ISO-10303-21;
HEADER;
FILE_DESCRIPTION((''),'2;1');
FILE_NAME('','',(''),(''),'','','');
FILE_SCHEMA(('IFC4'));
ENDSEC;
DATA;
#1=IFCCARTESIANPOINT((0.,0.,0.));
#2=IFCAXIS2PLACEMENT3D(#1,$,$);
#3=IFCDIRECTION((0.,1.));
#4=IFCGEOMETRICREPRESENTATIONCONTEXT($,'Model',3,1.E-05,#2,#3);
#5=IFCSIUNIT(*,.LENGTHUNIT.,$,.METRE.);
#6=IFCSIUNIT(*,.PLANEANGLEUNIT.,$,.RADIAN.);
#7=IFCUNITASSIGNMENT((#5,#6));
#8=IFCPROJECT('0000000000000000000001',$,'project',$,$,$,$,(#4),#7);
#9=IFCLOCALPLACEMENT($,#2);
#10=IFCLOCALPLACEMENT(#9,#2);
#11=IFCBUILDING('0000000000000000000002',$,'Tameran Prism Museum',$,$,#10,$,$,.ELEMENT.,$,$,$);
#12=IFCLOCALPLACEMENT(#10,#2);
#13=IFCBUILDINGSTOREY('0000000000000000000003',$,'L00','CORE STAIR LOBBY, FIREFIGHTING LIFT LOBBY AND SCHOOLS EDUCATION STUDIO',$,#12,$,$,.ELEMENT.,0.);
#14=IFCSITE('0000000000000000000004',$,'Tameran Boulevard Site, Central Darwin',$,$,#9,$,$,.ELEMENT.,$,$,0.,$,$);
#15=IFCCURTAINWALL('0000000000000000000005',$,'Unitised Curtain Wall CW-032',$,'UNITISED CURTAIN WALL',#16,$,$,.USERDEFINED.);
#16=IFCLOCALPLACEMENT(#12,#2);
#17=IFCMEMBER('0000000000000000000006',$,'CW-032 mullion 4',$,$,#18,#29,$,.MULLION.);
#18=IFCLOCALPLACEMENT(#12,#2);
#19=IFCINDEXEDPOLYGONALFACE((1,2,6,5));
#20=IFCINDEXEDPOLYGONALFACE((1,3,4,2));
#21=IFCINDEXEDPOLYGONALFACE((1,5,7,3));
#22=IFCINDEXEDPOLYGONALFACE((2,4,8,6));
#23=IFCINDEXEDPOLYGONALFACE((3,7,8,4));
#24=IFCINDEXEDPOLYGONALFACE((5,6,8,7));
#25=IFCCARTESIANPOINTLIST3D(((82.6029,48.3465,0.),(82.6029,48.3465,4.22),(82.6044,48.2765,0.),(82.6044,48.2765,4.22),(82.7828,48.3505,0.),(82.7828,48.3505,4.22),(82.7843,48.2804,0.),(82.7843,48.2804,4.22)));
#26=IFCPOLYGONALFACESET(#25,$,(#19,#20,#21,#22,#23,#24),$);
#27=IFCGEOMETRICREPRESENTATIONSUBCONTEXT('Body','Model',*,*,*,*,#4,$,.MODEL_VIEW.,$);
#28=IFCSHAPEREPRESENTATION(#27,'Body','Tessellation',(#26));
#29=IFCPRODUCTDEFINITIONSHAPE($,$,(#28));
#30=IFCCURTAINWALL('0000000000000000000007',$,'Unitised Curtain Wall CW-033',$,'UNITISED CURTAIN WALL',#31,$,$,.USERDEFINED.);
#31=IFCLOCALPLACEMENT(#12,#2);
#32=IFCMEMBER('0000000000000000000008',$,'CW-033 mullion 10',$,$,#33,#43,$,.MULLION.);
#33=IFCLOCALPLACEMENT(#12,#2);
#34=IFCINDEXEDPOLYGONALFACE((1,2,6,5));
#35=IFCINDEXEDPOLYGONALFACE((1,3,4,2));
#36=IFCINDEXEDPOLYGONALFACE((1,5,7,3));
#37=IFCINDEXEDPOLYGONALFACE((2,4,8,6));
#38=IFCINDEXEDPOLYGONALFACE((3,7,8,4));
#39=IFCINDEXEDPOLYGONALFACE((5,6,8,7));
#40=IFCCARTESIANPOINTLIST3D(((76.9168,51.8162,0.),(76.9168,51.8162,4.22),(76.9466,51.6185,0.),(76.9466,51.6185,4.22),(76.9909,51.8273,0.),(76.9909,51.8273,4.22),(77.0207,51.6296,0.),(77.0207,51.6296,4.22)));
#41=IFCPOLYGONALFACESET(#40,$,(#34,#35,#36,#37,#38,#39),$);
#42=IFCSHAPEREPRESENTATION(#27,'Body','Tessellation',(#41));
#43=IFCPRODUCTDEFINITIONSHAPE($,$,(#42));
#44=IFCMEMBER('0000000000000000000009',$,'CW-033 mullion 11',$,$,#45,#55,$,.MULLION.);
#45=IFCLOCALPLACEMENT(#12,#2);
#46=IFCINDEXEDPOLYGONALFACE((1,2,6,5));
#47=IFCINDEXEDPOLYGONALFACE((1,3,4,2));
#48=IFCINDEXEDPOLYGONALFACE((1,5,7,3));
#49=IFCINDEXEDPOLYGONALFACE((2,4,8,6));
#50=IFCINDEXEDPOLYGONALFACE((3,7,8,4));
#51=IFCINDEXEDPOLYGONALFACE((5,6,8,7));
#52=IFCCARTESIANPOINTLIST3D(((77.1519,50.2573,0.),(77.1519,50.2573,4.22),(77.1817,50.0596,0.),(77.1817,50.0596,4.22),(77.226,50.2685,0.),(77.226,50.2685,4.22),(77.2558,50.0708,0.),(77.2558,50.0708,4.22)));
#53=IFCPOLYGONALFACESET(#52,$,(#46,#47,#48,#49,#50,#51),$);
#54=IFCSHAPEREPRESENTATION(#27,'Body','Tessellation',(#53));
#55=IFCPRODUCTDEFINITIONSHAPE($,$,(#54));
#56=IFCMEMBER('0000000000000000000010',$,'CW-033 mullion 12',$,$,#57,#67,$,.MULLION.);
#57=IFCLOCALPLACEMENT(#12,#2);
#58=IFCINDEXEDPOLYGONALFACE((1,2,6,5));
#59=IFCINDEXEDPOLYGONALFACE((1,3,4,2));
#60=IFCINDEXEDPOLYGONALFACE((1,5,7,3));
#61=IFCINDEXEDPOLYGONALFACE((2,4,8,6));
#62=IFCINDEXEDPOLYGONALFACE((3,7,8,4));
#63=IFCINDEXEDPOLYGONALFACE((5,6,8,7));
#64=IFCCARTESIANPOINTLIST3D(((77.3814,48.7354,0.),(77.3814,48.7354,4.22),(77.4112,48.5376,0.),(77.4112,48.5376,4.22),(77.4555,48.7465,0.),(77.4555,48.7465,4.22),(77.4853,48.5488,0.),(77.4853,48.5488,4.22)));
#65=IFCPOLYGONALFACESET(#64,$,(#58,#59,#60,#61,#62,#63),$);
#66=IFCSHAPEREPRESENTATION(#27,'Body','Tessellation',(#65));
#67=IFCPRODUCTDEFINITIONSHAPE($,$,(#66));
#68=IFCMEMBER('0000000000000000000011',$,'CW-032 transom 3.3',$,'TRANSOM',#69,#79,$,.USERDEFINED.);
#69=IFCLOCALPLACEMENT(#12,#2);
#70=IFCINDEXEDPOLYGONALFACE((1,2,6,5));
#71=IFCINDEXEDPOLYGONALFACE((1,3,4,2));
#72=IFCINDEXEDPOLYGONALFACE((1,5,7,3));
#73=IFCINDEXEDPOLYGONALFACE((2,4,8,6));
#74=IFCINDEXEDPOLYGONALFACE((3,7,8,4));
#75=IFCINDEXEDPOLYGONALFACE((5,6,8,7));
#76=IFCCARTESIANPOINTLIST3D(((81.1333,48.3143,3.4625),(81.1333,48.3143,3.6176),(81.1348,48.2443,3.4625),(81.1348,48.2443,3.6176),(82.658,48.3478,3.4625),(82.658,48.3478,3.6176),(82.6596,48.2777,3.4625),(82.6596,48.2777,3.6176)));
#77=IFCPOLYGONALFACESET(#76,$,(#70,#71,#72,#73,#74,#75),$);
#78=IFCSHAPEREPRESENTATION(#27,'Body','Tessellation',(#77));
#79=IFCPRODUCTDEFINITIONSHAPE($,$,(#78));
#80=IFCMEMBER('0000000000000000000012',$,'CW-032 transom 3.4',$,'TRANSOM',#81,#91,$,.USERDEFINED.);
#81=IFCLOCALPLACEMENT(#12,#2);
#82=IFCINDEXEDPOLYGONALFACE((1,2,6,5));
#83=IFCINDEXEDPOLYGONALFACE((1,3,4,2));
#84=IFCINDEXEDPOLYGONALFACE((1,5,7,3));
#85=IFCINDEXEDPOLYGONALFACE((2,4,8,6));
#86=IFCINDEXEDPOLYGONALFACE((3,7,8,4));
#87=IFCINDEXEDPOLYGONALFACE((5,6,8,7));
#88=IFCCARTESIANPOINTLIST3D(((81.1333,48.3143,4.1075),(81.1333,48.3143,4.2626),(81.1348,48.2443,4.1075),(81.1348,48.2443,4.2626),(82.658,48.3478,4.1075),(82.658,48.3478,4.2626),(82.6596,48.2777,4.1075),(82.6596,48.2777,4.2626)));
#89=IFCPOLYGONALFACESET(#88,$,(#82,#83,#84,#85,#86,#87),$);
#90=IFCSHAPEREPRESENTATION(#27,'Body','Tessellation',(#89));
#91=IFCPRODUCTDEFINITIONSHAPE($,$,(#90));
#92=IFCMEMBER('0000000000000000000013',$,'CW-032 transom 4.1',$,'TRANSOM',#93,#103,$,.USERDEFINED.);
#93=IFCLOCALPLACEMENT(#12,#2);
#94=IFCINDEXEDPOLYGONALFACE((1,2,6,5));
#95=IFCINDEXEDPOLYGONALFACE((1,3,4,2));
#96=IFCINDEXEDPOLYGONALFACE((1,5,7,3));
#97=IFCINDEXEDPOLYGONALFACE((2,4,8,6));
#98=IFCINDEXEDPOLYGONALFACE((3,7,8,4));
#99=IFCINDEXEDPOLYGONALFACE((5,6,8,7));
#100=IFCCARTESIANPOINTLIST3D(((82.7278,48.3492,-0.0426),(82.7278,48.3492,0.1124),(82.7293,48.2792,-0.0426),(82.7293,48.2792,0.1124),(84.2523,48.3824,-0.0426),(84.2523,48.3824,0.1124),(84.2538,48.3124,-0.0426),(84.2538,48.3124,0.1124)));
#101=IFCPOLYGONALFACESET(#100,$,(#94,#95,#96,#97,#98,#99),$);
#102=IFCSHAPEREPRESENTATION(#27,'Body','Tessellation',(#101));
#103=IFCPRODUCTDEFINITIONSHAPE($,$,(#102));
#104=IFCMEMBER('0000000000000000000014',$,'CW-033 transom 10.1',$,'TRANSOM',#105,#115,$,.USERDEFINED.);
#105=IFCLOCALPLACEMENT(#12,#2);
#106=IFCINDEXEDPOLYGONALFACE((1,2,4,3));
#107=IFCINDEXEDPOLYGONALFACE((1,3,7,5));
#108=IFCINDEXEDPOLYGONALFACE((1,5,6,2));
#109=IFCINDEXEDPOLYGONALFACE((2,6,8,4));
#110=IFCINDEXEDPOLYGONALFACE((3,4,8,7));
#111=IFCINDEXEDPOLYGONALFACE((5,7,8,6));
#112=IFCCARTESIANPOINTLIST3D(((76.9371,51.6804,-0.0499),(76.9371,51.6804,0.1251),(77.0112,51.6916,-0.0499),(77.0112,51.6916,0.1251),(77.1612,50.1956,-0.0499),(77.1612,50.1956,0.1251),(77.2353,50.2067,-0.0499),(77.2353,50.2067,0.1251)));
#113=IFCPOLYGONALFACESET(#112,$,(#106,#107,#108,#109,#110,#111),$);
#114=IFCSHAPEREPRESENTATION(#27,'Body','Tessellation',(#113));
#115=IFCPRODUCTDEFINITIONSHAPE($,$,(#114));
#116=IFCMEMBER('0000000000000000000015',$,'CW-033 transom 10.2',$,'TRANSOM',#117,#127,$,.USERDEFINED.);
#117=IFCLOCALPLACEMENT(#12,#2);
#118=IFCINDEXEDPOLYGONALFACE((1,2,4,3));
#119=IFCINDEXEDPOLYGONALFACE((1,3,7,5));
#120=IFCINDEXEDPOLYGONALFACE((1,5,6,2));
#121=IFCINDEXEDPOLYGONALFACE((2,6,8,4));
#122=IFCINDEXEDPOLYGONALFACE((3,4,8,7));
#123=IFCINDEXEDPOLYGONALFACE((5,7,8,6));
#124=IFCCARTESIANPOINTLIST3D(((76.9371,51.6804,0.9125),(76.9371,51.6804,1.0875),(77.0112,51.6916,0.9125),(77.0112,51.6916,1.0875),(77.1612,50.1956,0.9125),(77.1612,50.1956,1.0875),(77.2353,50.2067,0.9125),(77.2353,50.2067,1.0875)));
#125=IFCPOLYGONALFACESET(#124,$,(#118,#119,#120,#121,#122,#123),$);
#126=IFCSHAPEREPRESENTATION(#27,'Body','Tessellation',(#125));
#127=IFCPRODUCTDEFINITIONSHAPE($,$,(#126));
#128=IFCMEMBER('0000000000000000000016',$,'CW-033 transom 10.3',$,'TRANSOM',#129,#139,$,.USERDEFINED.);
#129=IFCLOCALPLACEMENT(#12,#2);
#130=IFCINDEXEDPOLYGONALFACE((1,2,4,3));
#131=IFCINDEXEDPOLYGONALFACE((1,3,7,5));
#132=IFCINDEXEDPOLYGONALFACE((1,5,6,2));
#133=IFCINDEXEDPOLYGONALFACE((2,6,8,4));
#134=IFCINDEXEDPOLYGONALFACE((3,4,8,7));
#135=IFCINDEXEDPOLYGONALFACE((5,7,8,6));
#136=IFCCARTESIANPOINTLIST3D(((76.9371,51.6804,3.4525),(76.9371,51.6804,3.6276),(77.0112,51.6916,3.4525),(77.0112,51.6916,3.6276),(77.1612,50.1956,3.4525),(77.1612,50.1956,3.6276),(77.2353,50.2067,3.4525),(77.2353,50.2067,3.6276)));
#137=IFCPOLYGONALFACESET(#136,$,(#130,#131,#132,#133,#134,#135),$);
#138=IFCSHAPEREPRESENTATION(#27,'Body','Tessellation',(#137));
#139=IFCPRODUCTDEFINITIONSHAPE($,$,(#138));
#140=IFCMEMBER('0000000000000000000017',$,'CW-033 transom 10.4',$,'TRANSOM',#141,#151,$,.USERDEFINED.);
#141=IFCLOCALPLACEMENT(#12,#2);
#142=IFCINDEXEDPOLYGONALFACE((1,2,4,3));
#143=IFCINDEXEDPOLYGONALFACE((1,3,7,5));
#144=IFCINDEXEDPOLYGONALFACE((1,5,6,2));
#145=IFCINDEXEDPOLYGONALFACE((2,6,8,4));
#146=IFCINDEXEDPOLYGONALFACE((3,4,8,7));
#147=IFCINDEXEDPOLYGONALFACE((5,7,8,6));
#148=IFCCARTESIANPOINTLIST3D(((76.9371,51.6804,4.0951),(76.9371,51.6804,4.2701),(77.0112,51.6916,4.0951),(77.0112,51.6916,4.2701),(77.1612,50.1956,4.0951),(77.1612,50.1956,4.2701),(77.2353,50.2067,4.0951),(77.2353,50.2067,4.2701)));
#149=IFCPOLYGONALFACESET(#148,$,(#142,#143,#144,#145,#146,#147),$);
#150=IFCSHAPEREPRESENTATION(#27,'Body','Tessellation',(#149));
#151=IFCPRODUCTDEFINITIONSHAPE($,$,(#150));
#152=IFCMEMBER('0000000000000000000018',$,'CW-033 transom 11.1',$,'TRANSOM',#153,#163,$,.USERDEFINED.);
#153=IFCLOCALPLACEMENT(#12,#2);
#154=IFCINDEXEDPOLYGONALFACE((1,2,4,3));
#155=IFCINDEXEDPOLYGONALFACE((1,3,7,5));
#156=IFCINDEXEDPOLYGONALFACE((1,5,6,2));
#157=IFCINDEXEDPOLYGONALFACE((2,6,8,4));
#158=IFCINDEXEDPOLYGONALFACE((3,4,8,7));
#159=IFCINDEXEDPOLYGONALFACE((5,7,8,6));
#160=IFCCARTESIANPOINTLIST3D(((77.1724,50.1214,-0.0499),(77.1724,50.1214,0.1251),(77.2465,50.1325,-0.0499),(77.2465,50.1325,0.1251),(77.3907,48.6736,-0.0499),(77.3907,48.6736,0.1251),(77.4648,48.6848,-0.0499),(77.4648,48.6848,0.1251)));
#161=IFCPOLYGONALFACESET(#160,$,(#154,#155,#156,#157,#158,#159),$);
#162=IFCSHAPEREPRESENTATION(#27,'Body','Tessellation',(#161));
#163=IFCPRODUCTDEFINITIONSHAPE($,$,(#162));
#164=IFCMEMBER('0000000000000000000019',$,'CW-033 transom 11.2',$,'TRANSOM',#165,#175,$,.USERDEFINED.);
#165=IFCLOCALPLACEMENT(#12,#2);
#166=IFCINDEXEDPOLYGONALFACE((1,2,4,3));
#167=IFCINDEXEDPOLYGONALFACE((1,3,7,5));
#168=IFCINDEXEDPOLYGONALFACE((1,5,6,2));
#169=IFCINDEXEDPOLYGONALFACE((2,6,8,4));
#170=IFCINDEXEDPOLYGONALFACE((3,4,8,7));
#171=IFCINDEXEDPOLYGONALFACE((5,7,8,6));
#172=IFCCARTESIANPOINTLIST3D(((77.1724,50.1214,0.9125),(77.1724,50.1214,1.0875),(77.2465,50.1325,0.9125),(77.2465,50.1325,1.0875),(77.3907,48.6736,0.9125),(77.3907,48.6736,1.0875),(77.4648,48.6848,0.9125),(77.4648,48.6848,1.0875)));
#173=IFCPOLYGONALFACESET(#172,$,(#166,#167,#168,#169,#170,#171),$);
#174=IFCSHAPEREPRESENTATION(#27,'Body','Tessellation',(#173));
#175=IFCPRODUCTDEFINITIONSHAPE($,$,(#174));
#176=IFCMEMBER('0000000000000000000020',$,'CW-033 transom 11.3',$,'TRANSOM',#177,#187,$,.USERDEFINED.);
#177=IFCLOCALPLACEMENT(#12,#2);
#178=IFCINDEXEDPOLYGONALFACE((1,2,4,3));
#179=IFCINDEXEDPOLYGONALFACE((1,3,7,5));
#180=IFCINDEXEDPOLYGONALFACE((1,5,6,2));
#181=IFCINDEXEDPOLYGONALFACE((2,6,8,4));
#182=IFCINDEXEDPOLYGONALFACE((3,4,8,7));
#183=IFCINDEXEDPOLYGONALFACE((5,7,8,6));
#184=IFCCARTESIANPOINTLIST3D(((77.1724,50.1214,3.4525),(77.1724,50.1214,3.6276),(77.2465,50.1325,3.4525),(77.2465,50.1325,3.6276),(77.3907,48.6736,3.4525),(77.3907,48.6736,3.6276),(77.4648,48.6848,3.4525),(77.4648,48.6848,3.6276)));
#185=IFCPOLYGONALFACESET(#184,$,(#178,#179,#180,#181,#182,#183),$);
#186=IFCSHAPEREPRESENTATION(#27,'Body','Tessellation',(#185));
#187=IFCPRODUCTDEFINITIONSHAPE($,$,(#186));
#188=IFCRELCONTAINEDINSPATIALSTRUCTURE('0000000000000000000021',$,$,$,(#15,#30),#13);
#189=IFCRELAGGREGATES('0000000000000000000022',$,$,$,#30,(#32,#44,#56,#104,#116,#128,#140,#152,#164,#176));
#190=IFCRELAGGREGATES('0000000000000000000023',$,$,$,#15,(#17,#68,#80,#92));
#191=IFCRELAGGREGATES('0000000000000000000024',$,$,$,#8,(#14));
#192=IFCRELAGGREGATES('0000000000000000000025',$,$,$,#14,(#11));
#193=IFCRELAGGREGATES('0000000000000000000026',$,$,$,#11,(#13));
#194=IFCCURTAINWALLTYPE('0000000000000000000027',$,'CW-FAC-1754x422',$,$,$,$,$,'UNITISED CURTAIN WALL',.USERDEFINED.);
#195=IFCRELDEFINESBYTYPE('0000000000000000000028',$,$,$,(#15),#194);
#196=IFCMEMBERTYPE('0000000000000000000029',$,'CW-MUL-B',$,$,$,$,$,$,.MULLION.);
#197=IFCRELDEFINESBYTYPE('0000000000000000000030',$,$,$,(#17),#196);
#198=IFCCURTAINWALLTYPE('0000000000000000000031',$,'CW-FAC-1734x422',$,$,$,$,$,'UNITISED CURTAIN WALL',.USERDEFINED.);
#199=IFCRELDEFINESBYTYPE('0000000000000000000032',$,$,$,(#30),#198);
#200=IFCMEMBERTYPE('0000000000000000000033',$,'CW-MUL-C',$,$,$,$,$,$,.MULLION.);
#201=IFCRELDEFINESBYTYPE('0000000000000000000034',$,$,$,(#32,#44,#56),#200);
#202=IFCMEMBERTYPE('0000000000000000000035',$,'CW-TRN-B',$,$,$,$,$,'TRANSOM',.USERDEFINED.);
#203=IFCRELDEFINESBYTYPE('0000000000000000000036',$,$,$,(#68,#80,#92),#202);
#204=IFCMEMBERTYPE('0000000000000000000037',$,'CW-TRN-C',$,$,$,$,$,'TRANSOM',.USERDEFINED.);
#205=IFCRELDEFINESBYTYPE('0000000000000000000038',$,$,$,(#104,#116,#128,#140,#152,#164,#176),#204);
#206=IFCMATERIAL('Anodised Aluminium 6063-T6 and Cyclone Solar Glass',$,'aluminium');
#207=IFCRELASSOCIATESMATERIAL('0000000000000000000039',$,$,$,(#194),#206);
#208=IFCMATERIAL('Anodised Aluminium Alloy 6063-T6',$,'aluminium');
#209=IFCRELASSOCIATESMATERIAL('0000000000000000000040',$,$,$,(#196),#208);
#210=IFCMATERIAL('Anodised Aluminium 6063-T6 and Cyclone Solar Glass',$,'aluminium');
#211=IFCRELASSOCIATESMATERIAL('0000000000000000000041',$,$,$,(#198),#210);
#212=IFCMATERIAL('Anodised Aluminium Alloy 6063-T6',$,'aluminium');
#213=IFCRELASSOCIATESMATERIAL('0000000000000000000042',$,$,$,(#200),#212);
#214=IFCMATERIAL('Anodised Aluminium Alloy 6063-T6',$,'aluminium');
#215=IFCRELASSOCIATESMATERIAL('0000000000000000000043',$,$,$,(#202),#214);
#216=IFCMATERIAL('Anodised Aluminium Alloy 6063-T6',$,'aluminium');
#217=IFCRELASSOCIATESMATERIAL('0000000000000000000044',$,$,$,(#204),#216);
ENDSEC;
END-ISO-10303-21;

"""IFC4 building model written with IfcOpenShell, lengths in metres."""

from ifc_helpers import new_model, si_unit, direction, frame, origin, origin_2d, place, context, subcontext, project, spatial, rectangle, extrude, material, material_profile, profile_set, type_object, element, aggregate, save


model = new_model("IFC4")

# Units and contexts
model_context = context("Model", 3, precision=1e-05, world=origin(), true_north=direction((0.0, 1.0)))
body_context = subcontext(model_context, "Body", "Model", "MODEL_VIEW")
ifc_project = project(units=[si_unit("LENGTHUNIT", "METRE"), si_unit("PLANEANGLEUNIT", "RADIAN")], contexts=[model_context])

# Site, building, storey
site_placement = place(None, origin())
site = spatial("IfcSite", under=ifc_project, at=site_placement, Name="Tameran Boulevard Site, Central Darwin", CompositionType="ELEMENT", RefElevation=0.0)
building_placement = place(site_placement, origin())
building = spatial("IfcBuilding", under=site, at=building_placement, Name="Tameran Prism Museum", CompositionType="ELEMENT")
storey_placement = place(building_placement, origin())
storey = spatial("IfcBuildingStorey", under=building, at=storey_placement, Name="L00", Description="CORE STAIR LOBBY, FIREFIGHTING LIFT LOBBY AND SCHOOLS EDUCATION STUDIO", CompositionType="ELEMENT", Elevation=0.0)

# Curtain wall, member
ifc_material_1 = material(Name="Anodised Aluminium 6063-T6 and Cyclone Solar Glass", Category="aluminium")
curtain_wall_type_1 = type_object("IfcCurtainWallType", Name="CW-FAC-1754x422", ElementType="UNITISED CURTAIN WALL", PredefinedType="USERDEFINED", material=ifc_material_1)
curtain_wall_1_placement = place(storey_placement, origin())
curtain_wall_1 = element("IfcCurtainWall", 1, at=curtain_wall_1_placement, inside=storey, type_object=curtain_wall_type_1, Name="Unitised Curtain Wall CW-032", ObjectType="UNITISED CURTAIN WALL", PredefinedType="USERDEFINED")
ifc_material_2 = material(Name="Anodised Aluminium Alloy 6063-T6", Category="aluminium")
ifc_material_profile_1 = material_profile(ifc_material_2, rectangle(XDim=0.0701, YDim=0.1799, at=origin_2d()))
ifc_profile_set_1 = profile_set([ifc_material_profile_1])
member_type_1 = type_object("IfcMemberType", Name="CW-MUL-B", PredefinedType="MULLION", material=ifc_profile_set_1)
member_1_placement = place(storey_placement, frame((82.6936, 48.3135, 0.0), z_axis=(0.0, 0.0, 1.0), x_axis=(-0.021831, 0.999762, 0.0)))
member_1 = element("IfcMember", 2, at=member_1_placement, type_object=member_type_1, Name="CW-032 mullion 4", PredefinedType="MULLION", context=body_context, shape_type="SweptSolid", body=[
    extrude(rectangle(XDim=0.0701, YDim=0.1799, at=origin_2d()), origin(), (0.0, 0.0, 1.0), 4.22),
])

# Curtain wall, members
ifc_material_3 = material(Name="Anodised Aluminium 6063-T6 and Cyclone Solar Glass", Category="aluminium")
curtain_wall_type_2 = type_object("IfcCurtainWallType", Name="CW-FAC-1734x422", ElementType="UNITISED CURTAIN WALL", PredefinedType="USERDEFINED", material=ifc_material_3)
curtain_wall_2_placement = place(storey_placement, origin())
curtain_wall_2 = element("IfcCurtainWall", 3, at=curtain_wall_2_placement, inside=storey, type_object=curtain_wall_type_2, Name="Unitised Curtain Wall CW-033", ObjectType="UNITISED CURTAIN WALL", PredefinedType="USERDEFINED")
ifc_material_4 = material(Name="Anodised Aluminium Alloy 6063-T6", Category="aluminium")
ifc_material_profile_2 = material_profile(ifc_material_4, rectangle(XDim=0.075, YDim=0.2, at=origin_2d()))
ifc_profile_set_2 = profile_set([ifc_material_profile_2])
member_type_2 = type_object("IfcMemberType", Name="CW-MUL-C", PredefinedType="MULLION", material=ifc_profile_set_2)
member_2_placement = place(storey_placement, frame((76.9688, 51.7229, 0.0), z_axis=(0.0, 0.0, 1.0), x_axis=(0.988812, 0.149167, 0.0)))
member_2 = element("IfcMember", 4, at=member_2_placement, type_object=member_type_2, Name="CW-033 mullion 10", PredefinedType="MULLION", context=body_context, shape_type="SweptSolid", body=[
    extrude(rectangle(XDim=0.075, YDim=0.2, at=origin_2d()), origin(), (0.0, 0.0, 1.0), 4.22),
])
member_3_placement = place(storey_placement, frame((77.2039, 50.1641, 0.0), z_axis=(0.0, 0.0, 1.0), x_axis=(0.988812, 0.149167, 0.0)))
member_3 = element("IfcMember", 5, at=member_3_placement, type_object=member_type_2, Name="CW-033 mullion 11", PredefinedType="MULLION", context=body_context, shape_type="SweptSolid", body=[
    extrude(rectangle(XDim=0.075, YDim=0.2, at=origin_2d()), origin(), (0.0, 0.0, 1.0), 4.22),
])
member_4_placement = place(storey_placement, frame((77.4333, 48.6421, 0.0), z_axis=(0.0, 0.0, 1.0), x_axis=(0.988812, 0.149167, 0.0)))
member_4 = element("IfcMember", 6, at=member_4_placement, type_object=member_type_2, Name="CW-033 mullion 12", PredefinedType="MULLION", context=body_context, shape_type="SweptSolid", body=[
    extrude(rectangle(XDim=0.075, YDim=0.2, at=origin_2d()), origin(), (0.0, 0.0, 1.0), 4.22),
])

# Members
ifc_material_5 = material(Name="Anodised Aluminium Alloy 6063-T6", Category="aluminium")
ifc_material_profile_3 = material_profile(ifc_material_5, rectangle(XDim=0.0701, YDim=0.155, at=origin_2d()))
ifc_profile_set_3 = profile_set([ifc_material_profile_3])
member_type_3 = type_object("IfcMemberType", Name="CW-TRN-B", ElementType="TRANSOM", PredefinedType="USERDEFINED", material=ifc_profile_set_3)
member_5_placement = place(storey_placement, frame((81.134, 48.2793, 3.54), z_axis=(0.999759, 0.021932, 0.0), x_axis=(-0.021932, 0.999759, 0.0)))
member_5 = element("IfcMember", 7, at=member_5_placement, type_object=member_type_3, Name="CW-032 transom 3.3", ObjectType="TRANSOM", PredefinedType="USERDEFINED", context=body_context, shape_type="SweptSolid", body=[
    extrude(rectangle(XDim=0.0701, YDim=0.155, at=origin_2d()), origin(), (0.0, 0.0, 1.0), 1.5251),
])
member_6_placement = place(storey_placement, frame((81.134, 48.2793, 4.1851), z_axis=(0.999759, 0.021932, 0.0), x_axis=(-0.021932, 0.999759, 0.0)))
member_6 = element("IfcMember", 8, at=member_6_placement, type_object=member_type_3, Name="CW-032 transom 3.4", ObjectType="TRANSOM", PredefinedType="USERDEFINED", context=body_context, shape_type="SweptSolid", body=[
    extrude(rectangle(XDim=0.0701, YDim=0.155, at=origin_2d()), origin(), (0.0, 0.0, 1.0), 1.5251),
])
member_7_placement = place(storey_placement, frame((82.7285, 48.3142, 0.0349), z_axis=(0.999763, 0.021772, 0.0), x_axis=(-0.021772, 0.999763, 0.0)))
member_7 = element("IfcMember", 9, at=member_7_placement, type_object=member_type_3, Name="CW-032 transom 4.1", ObjectType="TRANSOM", PredefinedType="USERDEFINED", context=body_context, shape_type="SweptSolid", body=[
    extrude(rectangle(XDim=0.0701, YDim=0.155, at=origin_2d()), origin(), (0.0, 0.0, 1.0), 1.5249),
])
ifc_material_6 = material(Name="Anodised Aluminium Alloy 6063-T6", Category="aluminium")
ifc_material_profile_4 = material_profile(ifc_material_6, rectangle(XDim=0.075, YDim=0.175, at=origin_2d()))
ifc_profile_set_4 = profile_set([ifc_material_profile_4])
member_type_4 = type_object("IfcMemberType", Name="CW-TRN-C", ElementType="TRANSOM", PredefinedType="USERDEFINED", material=ifc_profile_set_4)
member_8_placement = place(storey_placement, frame((76.9741, 51.686, 0.0376), z_axis=(0.149247, -0.9888, 0.0), x_axis=(0.9888, 0.149247, 0.0)))
member_8 = element("IfcMember", 10, at=member_8_placement, type_object=member_type_4, Name="CW-033 transom 10.1", ObjectType="TRANSOM", PredefinedType="USERDEFINED", context=body_context, shape_type="SweptSolid", body=[
    extrude(rectangle(XDim=0.075, YDim=0.175, at=origin_2d()), origin(), (0.0, 0.0, 1.0), 1.5017),
])
member_9_placement = place(storey_placement, frame((76.9741, 51.686, 1.0), z_axis=(0.149247, -0.9888, 0.0), x_axis=(0.9888, 0.149247, 0.0)))
member_9 = element("IfcMember", 11, at=member_9_placement, type_object=member_type_4, Name="CW-033 transom 10.2", ObjectType="TRANSOM", PredefinedType="USERDEFINED", context=body_context, shape_type="SweptSolid", body=[
    extrude(rectangle(XDim=0.075, YDim=0.175, at=origin_2d()), origin(), (0.0, 0.0, 1.0), 1.5017),
])
member_10_placement = place(storey_placement, frame((76.9741, 51.686, 3.54), z_axis=(0.149247, -0.9888, 0.0), x_axis=(0.9888, 0.149247, 0.0)))
member_10 = element("IfcMember", 12, at=member_10_placement, type_object=member_type_4, Name="CW-033 transom 10.3", ObjectType="TRANSOM", PredefinedType="USERDEFINED", context=body_context, shape_type="SweptSolid", body=[
    extrude(rectangle(XDim=0.075, YDim=0.175, at=origin_2d()), origin(), (0.0, 0.0, 1.0), 1.5017),
])
member_11_placement = place(storey_placement, frame((76.9741, 51.686, 4.1826), z_axis=(0.149247, -0.9888, 0.0), x_axis=(0.9888, 0.149247, 0.0)))
member_11 = element("IfcMember", 13, at=member_11_placement, type_object=member_type_4, Name="CW-033 transom 10.4", ObjectType="TRANSOM", PredefinedType="USERDEFINED", context=body_context, shape_type="SweptSolid", body=[
    extrude(rectangle(XDim=0.075, YDim=0.175, at=origin_2d()), origin(), (0.0, 0.0, 1.0), 1.5017),
])
member_12_placement = place(storey_placement, frame((77.2095, 50.127, 0.0376), z_axis=(0.149074, -0.988826, 0.0), x_axis=(0.988826, 0.149074, 0.0)))
member_12 = element("IfcMember", 14, at=member_12_placement, type_object=member_type_4, Name="CW-033 transom 11.1", ObjectType="TRANSOM", PredefinedType="USERDEFINED", context=body_context, shape_type="SweptSolid", body=[
    extrude(rectangle(XDim=0.075, YDim=0.175, at=origin_2d()), origin(), (0.0, 0.0, 1.0), 1.4641),
])
member_13_placement = place(storey_placement, frame((77.2095, 50.127, 1.0), z_axis=(0.149074, -0.988826, 0.0), x_axis=(0.988826, 0.149074, 0.0)))
member_13 = element("IfcMember", 15, at=member_13_placement, type_object=member_type_4, Name="CW-033 transom 11.2", ObjectType="TRANSOM", PredefinedType="USERDEFINED", context=body_context, shape_type="SweptSolid", body=[
    extrude(rectangle(XDim=0.075, YDim=0.175, at=origin_2d()), origin(), (0.0, 0.0, 1.0), 1.4641),
])
member_14_placement = place(storey_placement, frame((77.2095, 50.127, 3.54), z_axis=(0.149074, -0.988826, 0.0), x_axis=(0.988826, 0.149074, 0.0)))
member_14 = element("IfcMember", 16, at=member_14_placement, type_object=member_type_4, Name="CW-033 transom 11.3", ObjectType="TRANSOM", PredefinedType="USERDEFINED", context=body_context, shape_type="SweptSolid", body=[
    extrude(rectangle(XDim=0.075, YDim=0.175, at=origin_2d()), origin(), (0.0, 0.0, 1.0), 1.4641),
])

aggregate(curtain_wall_2, [member_2, member_3, member_4, member_8, member_9, member_10, member_11, member_12, member_13, member_14])
aggregate(curtain_wall_1, [member_1, member_5, member_6, member_7])

save(model, "model.ifc")
